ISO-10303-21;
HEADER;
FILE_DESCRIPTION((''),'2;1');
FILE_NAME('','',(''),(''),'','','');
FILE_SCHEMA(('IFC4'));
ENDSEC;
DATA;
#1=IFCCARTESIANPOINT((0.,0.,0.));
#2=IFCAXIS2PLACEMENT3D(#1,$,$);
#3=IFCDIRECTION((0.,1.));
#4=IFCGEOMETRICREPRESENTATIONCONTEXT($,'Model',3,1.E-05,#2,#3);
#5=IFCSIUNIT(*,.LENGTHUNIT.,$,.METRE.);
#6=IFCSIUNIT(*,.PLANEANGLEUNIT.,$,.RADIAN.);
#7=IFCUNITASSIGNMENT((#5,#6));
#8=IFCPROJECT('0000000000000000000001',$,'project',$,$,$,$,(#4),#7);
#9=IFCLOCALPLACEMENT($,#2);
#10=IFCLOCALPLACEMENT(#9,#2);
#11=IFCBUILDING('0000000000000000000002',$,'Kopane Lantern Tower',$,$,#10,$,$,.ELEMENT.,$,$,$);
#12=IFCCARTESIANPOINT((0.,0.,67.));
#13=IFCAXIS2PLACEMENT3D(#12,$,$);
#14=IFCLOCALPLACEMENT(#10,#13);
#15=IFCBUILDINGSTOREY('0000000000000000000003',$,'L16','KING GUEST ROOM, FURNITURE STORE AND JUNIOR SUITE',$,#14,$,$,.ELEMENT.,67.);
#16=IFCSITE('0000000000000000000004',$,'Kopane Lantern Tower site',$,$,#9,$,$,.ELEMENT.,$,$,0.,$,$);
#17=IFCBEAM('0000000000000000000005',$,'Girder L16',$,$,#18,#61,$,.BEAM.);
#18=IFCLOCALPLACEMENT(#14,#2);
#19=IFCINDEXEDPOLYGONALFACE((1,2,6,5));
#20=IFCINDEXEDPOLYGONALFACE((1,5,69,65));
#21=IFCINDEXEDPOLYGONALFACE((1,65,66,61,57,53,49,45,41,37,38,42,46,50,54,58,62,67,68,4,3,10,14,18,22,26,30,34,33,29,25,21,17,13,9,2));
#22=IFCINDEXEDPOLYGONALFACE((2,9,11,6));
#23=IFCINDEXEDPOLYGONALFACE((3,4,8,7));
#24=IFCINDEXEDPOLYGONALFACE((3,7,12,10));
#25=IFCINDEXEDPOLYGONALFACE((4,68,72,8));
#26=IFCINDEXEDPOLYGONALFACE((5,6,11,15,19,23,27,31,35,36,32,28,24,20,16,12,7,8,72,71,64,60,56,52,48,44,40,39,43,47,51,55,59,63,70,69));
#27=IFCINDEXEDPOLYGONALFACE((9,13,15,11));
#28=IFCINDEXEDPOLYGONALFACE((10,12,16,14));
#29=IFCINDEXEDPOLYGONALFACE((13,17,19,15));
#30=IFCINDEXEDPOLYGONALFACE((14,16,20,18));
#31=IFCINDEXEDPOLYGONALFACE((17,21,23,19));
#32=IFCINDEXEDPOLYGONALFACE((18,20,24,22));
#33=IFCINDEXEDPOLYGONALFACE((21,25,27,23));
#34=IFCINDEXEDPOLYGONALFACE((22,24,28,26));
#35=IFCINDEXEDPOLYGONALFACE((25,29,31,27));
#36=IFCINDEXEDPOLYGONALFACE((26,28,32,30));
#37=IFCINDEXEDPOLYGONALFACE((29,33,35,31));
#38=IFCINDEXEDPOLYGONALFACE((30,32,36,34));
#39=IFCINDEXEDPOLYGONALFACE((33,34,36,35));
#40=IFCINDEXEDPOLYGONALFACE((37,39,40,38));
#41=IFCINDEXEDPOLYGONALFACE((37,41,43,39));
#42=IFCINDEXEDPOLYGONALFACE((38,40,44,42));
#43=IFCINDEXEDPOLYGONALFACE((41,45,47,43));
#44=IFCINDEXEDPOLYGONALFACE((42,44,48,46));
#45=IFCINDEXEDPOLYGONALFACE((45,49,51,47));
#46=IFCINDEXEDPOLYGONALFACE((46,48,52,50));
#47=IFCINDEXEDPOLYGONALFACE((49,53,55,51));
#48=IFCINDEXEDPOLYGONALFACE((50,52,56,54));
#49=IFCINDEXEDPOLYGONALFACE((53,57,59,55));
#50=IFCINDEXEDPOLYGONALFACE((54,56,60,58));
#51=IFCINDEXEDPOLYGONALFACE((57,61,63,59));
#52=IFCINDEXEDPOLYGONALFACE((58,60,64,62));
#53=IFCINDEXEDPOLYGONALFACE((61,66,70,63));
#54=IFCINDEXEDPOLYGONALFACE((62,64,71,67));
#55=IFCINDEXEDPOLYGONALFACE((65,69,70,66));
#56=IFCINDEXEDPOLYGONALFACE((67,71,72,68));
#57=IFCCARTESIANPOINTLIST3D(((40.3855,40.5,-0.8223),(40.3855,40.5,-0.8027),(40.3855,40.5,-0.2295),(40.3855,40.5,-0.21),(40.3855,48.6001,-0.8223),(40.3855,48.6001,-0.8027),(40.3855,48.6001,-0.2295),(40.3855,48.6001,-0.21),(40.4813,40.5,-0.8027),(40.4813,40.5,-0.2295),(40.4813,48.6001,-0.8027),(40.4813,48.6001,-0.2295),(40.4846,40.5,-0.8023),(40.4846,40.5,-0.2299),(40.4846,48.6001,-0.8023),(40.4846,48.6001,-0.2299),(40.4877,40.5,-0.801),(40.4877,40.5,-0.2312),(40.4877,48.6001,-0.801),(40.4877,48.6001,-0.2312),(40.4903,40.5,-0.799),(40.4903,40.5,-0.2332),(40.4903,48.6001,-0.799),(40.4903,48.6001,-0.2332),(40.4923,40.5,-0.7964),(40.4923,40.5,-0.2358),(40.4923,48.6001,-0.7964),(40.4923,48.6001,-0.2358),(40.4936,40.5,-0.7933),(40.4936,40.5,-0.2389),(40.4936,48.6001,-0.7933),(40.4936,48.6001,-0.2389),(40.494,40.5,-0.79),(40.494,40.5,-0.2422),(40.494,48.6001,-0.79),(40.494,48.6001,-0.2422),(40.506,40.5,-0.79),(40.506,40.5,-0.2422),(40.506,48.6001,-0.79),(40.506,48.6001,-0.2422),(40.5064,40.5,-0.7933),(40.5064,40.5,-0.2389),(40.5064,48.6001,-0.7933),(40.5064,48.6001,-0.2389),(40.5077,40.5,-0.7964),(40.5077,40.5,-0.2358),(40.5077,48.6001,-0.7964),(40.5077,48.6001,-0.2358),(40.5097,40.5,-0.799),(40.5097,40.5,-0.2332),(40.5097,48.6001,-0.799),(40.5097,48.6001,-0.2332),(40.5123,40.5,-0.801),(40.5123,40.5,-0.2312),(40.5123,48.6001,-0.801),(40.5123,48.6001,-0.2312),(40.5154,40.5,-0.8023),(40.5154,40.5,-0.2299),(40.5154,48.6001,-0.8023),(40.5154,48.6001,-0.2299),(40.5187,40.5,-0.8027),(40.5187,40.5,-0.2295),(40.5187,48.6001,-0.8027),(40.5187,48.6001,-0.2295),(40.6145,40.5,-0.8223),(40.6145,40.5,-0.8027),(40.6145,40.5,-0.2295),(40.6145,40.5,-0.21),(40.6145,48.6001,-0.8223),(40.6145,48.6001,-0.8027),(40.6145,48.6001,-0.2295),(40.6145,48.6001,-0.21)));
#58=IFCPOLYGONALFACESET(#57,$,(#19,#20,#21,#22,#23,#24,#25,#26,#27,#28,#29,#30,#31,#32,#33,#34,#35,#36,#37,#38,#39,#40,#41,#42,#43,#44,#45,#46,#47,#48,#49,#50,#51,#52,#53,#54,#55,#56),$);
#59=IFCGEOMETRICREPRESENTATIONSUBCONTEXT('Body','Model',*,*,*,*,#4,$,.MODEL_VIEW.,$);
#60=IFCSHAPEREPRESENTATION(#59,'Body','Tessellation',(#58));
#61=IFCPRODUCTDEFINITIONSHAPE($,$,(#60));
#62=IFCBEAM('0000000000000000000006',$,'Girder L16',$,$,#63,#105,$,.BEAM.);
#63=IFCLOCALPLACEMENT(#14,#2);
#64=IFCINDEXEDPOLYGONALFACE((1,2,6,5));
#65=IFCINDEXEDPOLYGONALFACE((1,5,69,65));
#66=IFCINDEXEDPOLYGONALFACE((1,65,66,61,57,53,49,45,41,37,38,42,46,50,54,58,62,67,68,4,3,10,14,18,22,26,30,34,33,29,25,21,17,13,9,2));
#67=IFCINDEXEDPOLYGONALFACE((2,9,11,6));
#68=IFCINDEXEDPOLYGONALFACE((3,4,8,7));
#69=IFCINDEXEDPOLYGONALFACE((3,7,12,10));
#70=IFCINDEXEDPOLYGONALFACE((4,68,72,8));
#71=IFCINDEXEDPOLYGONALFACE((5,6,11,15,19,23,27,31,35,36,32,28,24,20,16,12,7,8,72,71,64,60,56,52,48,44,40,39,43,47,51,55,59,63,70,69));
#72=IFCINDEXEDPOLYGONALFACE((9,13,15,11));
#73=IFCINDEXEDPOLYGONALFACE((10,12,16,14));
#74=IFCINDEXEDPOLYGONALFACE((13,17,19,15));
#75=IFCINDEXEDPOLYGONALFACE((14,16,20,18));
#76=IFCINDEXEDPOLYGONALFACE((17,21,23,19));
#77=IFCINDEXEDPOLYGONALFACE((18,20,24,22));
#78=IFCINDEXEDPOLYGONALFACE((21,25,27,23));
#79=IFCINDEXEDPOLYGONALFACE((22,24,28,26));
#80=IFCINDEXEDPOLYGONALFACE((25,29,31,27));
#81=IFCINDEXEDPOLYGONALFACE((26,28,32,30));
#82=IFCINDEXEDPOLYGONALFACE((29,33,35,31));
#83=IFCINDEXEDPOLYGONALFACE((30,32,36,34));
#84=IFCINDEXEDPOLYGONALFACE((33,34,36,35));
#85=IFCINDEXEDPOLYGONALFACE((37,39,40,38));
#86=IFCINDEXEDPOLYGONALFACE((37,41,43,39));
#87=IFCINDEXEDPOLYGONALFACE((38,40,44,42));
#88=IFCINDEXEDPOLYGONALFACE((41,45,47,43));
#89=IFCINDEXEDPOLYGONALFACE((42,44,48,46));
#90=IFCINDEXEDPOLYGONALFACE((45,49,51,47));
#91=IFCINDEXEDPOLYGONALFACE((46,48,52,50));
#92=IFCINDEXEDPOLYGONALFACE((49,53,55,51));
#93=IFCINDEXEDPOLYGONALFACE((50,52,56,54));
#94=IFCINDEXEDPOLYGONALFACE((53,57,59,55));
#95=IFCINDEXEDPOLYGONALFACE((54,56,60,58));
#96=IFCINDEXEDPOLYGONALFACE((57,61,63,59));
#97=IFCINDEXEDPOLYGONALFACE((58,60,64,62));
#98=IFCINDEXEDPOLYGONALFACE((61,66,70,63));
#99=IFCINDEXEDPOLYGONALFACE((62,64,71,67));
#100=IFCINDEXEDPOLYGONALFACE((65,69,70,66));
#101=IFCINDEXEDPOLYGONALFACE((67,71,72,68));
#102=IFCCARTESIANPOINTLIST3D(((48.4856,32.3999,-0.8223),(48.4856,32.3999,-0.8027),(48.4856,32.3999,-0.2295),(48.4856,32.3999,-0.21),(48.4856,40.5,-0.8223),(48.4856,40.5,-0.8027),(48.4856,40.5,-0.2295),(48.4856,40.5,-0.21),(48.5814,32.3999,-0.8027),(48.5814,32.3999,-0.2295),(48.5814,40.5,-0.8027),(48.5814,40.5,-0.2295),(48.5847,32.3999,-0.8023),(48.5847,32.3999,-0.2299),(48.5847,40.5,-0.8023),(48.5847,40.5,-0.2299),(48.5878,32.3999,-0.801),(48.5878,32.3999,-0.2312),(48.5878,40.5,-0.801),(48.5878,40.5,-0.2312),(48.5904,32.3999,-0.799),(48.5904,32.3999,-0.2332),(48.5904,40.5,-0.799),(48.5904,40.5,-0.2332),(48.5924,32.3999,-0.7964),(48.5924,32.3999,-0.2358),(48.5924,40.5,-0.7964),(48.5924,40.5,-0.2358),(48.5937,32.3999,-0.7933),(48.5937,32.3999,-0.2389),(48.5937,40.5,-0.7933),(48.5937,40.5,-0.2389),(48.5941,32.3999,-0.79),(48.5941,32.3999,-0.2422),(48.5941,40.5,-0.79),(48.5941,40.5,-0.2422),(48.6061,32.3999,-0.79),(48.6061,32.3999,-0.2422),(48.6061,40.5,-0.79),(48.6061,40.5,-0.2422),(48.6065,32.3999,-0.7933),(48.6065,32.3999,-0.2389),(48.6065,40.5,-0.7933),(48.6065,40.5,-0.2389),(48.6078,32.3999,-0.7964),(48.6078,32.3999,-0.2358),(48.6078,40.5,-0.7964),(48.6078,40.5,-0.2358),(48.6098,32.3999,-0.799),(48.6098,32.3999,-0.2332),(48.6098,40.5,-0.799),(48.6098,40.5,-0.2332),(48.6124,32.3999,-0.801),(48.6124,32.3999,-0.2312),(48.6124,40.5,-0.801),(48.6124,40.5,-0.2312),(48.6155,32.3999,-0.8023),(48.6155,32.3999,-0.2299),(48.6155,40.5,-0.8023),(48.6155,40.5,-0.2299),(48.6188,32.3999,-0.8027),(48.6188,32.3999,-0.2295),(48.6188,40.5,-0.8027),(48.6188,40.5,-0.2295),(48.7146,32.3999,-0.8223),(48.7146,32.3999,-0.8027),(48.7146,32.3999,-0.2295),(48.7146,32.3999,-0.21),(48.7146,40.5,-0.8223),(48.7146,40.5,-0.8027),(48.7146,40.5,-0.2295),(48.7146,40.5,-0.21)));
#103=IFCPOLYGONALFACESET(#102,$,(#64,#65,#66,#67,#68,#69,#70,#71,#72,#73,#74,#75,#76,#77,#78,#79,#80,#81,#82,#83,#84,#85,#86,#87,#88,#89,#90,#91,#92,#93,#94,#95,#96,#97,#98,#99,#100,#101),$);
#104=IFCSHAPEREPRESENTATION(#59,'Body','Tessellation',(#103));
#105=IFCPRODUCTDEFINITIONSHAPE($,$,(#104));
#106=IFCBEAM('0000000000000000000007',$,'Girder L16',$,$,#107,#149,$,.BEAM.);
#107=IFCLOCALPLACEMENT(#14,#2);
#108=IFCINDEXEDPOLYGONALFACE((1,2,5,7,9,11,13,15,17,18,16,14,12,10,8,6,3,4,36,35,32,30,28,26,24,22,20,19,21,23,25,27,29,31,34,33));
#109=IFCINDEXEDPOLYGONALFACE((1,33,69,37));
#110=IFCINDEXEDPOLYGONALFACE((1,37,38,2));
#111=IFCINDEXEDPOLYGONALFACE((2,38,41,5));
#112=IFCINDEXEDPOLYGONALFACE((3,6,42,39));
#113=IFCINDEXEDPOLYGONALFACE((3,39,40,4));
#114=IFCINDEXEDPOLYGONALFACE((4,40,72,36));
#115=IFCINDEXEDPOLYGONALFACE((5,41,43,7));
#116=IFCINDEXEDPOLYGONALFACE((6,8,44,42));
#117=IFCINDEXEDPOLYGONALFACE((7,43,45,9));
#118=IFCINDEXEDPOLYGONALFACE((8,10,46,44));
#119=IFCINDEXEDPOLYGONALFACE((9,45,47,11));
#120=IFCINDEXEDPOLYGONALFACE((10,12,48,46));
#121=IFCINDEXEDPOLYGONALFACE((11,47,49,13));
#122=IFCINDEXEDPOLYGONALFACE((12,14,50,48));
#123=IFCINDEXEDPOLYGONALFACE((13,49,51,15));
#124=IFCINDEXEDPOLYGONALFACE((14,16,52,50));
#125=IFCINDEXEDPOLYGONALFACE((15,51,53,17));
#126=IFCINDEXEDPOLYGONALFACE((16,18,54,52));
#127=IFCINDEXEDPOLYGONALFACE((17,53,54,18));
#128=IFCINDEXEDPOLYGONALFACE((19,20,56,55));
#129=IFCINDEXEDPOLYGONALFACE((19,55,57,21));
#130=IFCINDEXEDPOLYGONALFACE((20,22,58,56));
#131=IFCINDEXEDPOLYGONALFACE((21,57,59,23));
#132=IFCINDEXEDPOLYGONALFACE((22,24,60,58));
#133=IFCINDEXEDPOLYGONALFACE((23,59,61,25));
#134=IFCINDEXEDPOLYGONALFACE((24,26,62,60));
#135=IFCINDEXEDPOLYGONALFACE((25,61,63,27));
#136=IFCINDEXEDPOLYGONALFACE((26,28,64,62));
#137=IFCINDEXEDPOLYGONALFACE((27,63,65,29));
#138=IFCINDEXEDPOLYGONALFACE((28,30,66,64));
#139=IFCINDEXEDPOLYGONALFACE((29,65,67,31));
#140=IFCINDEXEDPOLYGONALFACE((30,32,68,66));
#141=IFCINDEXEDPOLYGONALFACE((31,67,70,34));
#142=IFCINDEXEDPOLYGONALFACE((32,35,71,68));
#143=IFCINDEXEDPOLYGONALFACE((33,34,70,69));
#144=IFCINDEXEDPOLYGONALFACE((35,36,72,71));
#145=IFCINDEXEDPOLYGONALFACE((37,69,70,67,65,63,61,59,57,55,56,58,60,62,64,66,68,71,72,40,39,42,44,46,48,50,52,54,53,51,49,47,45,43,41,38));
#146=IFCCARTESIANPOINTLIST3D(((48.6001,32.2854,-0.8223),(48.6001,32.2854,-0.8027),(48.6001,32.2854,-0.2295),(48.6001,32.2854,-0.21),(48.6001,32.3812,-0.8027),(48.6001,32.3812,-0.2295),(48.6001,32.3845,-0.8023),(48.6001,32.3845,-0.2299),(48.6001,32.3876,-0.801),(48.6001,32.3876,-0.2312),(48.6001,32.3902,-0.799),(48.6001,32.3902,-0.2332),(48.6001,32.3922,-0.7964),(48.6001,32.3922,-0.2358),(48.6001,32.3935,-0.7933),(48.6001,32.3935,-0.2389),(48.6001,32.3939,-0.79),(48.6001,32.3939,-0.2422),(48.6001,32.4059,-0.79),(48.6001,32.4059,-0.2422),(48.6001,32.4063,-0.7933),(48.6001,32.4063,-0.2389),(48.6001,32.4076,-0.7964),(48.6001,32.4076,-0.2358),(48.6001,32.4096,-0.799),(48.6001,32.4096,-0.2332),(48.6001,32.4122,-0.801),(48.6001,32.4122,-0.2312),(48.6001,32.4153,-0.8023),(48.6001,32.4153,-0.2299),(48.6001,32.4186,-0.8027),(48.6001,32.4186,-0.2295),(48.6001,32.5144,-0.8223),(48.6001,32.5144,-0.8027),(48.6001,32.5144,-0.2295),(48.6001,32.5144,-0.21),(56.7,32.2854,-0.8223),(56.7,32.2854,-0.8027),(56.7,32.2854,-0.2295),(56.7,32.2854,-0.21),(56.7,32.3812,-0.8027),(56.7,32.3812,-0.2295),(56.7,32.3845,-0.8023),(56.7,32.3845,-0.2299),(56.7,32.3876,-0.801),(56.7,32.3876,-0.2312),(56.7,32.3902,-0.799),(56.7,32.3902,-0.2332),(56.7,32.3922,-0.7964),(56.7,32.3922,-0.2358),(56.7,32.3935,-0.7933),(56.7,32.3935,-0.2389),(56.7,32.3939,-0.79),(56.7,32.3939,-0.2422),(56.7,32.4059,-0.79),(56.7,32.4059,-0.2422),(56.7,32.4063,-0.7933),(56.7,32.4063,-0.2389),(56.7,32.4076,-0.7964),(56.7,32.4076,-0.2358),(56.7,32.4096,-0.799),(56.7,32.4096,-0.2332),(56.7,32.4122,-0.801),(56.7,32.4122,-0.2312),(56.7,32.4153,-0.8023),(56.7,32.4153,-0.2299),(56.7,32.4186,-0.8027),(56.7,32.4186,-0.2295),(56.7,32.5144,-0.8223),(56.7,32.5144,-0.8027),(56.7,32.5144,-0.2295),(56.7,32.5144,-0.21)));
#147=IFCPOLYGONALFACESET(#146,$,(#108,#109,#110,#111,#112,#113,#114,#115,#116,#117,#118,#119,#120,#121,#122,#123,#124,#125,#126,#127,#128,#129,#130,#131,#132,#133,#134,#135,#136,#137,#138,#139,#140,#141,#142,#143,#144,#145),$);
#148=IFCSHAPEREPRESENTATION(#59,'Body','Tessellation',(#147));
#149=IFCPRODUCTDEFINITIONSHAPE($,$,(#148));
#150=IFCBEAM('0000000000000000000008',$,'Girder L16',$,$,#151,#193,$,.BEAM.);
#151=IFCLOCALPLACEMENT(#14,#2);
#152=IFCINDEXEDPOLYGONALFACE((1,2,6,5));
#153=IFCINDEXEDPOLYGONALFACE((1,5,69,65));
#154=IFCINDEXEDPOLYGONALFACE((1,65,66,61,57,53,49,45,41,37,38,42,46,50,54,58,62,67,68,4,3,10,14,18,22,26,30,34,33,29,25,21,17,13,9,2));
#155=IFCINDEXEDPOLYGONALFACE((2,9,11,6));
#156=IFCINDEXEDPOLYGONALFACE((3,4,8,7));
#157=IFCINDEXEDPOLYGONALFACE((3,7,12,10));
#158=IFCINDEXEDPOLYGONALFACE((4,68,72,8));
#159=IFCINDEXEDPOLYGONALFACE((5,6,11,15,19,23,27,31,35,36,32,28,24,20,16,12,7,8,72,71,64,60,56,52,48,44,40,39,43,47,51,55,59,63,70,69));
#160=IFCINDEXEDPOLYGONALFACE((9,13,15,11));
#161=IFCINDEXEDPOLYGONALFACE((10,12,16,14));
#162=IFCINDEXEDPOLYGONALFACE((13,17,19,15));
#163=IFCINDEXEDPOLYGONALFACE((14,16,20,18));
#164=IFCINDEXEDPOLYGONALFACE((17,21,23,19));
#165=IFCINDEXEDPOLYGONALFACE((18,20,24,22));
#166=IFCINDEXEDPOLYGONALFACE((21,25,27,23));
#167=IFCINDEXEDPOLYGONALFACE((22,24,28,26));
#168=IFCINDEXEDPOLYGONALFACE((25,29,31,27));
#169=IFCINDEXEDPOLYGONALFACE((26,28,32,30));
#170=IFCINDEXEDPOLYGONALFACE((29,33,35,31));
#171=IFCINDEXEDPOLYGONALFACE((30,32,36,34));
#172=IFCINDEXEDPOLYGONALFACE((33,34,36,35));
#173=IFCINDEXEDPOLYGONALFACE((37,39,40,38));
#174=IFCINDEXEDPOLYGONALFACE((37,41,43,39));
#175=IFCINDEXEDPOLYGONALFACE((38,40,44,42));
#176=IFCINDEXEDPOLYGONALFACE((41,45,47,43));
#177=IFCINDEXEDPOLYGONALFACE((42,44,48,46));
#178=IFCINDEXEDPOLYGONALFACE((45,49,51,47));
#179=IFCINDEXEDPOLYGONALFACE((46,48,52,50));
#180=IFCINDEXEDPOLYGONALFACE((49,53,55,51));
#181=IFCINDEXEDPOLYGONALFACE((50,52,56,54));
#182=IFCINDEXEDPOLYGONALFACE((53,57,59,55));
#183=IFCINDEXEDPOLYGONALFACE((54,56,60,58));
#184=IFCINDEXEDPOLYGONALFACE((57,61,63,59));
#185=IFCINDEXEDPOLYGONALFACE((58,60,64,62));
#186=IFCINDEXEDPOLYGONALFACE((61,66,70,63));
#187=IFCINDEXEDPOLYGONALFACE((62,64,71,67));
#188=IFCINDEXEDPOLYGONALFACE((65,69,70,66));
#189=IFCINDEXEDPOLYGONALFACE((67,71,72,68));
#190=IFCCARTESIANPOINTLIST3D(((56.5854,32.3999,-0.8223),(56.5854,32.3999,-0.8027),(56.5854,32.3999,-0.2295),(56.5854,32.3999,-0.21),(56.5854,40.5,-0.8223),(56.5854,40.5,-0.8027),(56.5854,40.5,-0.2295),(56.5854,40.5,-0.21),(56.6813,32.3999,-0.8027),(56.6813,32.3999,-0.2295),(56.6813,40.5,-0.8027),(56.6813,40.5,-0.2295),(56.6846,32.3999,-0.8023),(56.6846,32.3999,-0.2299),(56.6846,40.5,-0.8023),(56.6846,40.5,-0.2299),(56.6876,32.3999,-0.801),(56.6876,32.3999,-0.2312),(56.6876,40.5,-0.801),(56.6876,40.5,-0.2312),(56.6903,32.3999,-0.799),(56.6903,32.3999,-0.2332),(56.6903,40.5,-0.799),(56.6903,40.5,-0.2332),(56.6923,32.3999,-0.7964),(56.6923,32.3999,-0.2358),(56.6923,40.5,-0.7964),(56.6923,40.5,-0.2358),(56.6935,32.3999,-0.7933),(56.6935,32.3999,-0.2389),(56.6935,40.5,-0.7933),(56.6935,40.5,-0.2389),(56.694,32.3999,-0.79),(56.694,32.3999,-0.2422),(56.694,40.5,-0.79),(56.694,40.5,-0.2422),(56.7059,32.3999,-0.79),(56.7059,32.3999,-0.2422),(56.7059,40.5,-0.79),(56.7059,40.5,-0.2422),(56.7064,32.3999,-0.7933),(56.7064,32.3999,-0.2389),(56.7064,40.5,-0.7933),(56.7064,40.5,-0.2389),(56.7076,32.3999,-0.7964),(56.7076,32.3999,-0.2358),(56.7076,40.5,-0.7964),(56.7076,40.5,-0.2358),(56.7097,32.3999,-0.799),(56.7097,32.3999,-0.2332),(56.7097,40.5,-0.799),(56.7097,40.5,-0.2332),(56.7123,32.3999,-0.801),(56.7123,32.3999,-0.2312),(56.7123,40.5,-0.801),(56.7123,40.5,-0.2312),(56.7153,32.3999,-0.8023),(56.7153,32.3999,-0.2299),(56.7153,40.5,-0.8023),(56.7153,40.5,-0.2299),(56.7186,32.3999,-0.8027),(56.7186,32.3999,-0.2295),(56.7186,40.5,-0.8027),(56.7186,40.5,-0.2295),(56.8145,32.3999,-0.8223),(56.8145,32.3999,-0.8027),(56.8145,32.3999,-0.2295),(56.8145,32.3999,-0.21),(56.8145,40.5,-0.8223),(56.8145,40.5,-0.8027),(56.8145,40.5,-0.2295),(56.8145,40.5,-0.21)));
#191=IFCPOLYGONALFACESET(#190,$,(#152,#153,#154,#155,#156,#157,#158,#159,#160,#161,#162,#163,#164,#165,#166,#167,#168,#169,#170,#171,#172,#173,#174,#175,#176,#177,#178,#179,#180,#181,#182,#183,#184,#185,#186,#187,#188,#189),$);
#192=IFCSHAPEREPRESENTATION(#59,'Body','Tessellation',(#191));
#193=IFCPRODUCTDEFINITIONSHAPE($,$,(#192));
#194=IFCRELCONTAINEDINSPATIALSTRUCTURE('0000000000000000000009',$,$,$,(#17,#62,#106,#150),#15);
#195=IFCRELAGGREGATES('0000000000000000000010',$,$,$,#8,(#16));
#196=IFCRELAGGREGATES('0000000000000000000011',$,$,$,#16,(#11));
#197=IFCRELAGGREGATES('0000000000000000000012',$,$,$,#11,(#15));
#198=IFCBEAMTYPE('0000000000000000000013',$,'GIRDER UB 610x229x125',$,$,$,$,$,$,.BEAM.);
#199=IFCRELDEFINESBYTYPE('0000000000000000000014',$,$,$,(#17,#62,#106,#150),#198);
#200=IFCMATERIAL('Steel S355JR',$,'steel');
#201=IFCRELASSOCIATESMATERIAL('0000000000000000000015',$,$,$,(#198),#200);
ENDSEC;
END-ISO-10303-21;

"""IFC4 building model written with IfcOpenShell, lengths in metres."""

from ifc_helpers import new_model, si_unit, direction, frame, origin, origin_2d, place, context, subcontext, project, spatial, i_section, extrude, material, material_profile, profile_set, type_object, element, save


model = new_model("IFC4")

# Units and contexts
model_context = context("Model", 3, precision=1e-05, world=origin(), true_north=direction((0.0, 1.0)))
body_context = subcontext(model_context, "Body", "Model", "MODEL_VIEW")
ifc_project = project(units=[si_unit("LENGTHUNIT", "METRE"), si_unit("PLANEANGLEUNIT", "RADIAN")], contexts=[model_context])

# Site, building, storey
site_placement = place(None, origin())
site = spatial("IfcSite", under=ifc_project, at=site_placement, Name="Kopane Lantern Tower site", CompositionType="ELEMENT", RefElevation=0.0)
building_placement = place(site_placement, origin())
building = spatial("IfcBuilding", under=site, at=building_placement, Name="Kopane Lantern Tower", CompositionType="ELEMENT")
storey_placement = place(building_placement, frame((0.0, 0.0, 67.0)))
storey = spatial("IfcBuildingStorey", under=building, at=storey_placement, Name="L16", Description="KING GUEST ROOM, FURNITURE STORE AND JUNIOR SUITE", CompositionType="ELEMENT", Elevation=67.0)

# Beams
ifc_material_1 = material(Name="Steel S355JR", Category="steel")
ifc_material_profile_1 = material_profile(ifc_material_1, i_section(OverallWidth=0.229, OverallDepth=0.6123, WebThickness=0.012, FlangeThickness=0.0195, FilletRadius=0.0127, at=origin_2d()), Name="UB 610x229x125")
ifc_profile_set_1 = profile_set([ifc_material_profile_1], Name="Steel S355JR")
beam_type = type_object("IfcBeamType", Name="GIRDER UB 610x229x125", PredefinedType="BEAM", material=ifc_profile_set_1)
for number, where, z_axis, x_axis, name in (
    (1, (40.5, 40.5, -0.5161), (0.0, 1.0, 0.0), (-1.0, 0.0, 0.0), "Girder L16"),
    (2, (48.6001, 32.3999, -0.5161), (0.0, 1.0, 0.0), (-1.0, 0.0, 0.0), "Girder L16"),
):
    element("IfcBeam", number, at=place(storey_placement, frame(where, z_axis=z_axis, x_axis=x_axis)), inside=storey, type_object=beam_type, Name=name, PredefinedType="BEAM", context=body_context, shape_type="SweptSolid", body=[
        extrude(i_section(OverallWidth=0.229, OverallDepth=0.6123, WebThickness=0.012, FlangeThickness=0.0195, FilletRadius=0.0127, at=origin_2d()), origin(), (0.0, 0.0, 1.0), 8.1001),
    ])
beam_1_placement = place(storey_placement, frame((48.6001, 32.3999, -0.5161), z_axis=(1.0, 0.0, 0.0), x_axis=(0.0, 1.0, 0.0)))
element("IfcBeam", 3, at=beam_1_placement, inside=storey, type_object=beam_type, Name="Girder L16", PredefinedType="BEAM", context=body_context, shape_type="SweptSolid", body=[
    extrude(i_section(OverallWidth=0.229, OverallDepth=0.6123, WebThickness=0.012, FlangeThickness=0.0195, FilletRadius=0.0127, at=origin_2d()), origin(), (0.0, 0.0, 1.0), 8.0999),
])
beam_2_placement = place(storey_placement, frame((56.7, 32.3999, -0.5161), z_axis=(0.0, 1.0, 0.0), x_axis=(-1.0, 0.0, 0.0)))
element("IfcBeam", 4, at=beam_2_placement, inside=storey, type_object=beam_type, Name="Girder L16", PredefinedType="BEAM", context=body_context, shape_type="SweptSolid", body=[
    extrude(i_section(OverallWidth=0.229, OverallDepth=0.6123, WebThickness=0.012, FlangeThickness=0.0195, FilletRadius=0.0127, at=origin_2d()), origin(), (0.0, 0.0, 1.0), 8.1001),
])

save(model, "model.ifc")
